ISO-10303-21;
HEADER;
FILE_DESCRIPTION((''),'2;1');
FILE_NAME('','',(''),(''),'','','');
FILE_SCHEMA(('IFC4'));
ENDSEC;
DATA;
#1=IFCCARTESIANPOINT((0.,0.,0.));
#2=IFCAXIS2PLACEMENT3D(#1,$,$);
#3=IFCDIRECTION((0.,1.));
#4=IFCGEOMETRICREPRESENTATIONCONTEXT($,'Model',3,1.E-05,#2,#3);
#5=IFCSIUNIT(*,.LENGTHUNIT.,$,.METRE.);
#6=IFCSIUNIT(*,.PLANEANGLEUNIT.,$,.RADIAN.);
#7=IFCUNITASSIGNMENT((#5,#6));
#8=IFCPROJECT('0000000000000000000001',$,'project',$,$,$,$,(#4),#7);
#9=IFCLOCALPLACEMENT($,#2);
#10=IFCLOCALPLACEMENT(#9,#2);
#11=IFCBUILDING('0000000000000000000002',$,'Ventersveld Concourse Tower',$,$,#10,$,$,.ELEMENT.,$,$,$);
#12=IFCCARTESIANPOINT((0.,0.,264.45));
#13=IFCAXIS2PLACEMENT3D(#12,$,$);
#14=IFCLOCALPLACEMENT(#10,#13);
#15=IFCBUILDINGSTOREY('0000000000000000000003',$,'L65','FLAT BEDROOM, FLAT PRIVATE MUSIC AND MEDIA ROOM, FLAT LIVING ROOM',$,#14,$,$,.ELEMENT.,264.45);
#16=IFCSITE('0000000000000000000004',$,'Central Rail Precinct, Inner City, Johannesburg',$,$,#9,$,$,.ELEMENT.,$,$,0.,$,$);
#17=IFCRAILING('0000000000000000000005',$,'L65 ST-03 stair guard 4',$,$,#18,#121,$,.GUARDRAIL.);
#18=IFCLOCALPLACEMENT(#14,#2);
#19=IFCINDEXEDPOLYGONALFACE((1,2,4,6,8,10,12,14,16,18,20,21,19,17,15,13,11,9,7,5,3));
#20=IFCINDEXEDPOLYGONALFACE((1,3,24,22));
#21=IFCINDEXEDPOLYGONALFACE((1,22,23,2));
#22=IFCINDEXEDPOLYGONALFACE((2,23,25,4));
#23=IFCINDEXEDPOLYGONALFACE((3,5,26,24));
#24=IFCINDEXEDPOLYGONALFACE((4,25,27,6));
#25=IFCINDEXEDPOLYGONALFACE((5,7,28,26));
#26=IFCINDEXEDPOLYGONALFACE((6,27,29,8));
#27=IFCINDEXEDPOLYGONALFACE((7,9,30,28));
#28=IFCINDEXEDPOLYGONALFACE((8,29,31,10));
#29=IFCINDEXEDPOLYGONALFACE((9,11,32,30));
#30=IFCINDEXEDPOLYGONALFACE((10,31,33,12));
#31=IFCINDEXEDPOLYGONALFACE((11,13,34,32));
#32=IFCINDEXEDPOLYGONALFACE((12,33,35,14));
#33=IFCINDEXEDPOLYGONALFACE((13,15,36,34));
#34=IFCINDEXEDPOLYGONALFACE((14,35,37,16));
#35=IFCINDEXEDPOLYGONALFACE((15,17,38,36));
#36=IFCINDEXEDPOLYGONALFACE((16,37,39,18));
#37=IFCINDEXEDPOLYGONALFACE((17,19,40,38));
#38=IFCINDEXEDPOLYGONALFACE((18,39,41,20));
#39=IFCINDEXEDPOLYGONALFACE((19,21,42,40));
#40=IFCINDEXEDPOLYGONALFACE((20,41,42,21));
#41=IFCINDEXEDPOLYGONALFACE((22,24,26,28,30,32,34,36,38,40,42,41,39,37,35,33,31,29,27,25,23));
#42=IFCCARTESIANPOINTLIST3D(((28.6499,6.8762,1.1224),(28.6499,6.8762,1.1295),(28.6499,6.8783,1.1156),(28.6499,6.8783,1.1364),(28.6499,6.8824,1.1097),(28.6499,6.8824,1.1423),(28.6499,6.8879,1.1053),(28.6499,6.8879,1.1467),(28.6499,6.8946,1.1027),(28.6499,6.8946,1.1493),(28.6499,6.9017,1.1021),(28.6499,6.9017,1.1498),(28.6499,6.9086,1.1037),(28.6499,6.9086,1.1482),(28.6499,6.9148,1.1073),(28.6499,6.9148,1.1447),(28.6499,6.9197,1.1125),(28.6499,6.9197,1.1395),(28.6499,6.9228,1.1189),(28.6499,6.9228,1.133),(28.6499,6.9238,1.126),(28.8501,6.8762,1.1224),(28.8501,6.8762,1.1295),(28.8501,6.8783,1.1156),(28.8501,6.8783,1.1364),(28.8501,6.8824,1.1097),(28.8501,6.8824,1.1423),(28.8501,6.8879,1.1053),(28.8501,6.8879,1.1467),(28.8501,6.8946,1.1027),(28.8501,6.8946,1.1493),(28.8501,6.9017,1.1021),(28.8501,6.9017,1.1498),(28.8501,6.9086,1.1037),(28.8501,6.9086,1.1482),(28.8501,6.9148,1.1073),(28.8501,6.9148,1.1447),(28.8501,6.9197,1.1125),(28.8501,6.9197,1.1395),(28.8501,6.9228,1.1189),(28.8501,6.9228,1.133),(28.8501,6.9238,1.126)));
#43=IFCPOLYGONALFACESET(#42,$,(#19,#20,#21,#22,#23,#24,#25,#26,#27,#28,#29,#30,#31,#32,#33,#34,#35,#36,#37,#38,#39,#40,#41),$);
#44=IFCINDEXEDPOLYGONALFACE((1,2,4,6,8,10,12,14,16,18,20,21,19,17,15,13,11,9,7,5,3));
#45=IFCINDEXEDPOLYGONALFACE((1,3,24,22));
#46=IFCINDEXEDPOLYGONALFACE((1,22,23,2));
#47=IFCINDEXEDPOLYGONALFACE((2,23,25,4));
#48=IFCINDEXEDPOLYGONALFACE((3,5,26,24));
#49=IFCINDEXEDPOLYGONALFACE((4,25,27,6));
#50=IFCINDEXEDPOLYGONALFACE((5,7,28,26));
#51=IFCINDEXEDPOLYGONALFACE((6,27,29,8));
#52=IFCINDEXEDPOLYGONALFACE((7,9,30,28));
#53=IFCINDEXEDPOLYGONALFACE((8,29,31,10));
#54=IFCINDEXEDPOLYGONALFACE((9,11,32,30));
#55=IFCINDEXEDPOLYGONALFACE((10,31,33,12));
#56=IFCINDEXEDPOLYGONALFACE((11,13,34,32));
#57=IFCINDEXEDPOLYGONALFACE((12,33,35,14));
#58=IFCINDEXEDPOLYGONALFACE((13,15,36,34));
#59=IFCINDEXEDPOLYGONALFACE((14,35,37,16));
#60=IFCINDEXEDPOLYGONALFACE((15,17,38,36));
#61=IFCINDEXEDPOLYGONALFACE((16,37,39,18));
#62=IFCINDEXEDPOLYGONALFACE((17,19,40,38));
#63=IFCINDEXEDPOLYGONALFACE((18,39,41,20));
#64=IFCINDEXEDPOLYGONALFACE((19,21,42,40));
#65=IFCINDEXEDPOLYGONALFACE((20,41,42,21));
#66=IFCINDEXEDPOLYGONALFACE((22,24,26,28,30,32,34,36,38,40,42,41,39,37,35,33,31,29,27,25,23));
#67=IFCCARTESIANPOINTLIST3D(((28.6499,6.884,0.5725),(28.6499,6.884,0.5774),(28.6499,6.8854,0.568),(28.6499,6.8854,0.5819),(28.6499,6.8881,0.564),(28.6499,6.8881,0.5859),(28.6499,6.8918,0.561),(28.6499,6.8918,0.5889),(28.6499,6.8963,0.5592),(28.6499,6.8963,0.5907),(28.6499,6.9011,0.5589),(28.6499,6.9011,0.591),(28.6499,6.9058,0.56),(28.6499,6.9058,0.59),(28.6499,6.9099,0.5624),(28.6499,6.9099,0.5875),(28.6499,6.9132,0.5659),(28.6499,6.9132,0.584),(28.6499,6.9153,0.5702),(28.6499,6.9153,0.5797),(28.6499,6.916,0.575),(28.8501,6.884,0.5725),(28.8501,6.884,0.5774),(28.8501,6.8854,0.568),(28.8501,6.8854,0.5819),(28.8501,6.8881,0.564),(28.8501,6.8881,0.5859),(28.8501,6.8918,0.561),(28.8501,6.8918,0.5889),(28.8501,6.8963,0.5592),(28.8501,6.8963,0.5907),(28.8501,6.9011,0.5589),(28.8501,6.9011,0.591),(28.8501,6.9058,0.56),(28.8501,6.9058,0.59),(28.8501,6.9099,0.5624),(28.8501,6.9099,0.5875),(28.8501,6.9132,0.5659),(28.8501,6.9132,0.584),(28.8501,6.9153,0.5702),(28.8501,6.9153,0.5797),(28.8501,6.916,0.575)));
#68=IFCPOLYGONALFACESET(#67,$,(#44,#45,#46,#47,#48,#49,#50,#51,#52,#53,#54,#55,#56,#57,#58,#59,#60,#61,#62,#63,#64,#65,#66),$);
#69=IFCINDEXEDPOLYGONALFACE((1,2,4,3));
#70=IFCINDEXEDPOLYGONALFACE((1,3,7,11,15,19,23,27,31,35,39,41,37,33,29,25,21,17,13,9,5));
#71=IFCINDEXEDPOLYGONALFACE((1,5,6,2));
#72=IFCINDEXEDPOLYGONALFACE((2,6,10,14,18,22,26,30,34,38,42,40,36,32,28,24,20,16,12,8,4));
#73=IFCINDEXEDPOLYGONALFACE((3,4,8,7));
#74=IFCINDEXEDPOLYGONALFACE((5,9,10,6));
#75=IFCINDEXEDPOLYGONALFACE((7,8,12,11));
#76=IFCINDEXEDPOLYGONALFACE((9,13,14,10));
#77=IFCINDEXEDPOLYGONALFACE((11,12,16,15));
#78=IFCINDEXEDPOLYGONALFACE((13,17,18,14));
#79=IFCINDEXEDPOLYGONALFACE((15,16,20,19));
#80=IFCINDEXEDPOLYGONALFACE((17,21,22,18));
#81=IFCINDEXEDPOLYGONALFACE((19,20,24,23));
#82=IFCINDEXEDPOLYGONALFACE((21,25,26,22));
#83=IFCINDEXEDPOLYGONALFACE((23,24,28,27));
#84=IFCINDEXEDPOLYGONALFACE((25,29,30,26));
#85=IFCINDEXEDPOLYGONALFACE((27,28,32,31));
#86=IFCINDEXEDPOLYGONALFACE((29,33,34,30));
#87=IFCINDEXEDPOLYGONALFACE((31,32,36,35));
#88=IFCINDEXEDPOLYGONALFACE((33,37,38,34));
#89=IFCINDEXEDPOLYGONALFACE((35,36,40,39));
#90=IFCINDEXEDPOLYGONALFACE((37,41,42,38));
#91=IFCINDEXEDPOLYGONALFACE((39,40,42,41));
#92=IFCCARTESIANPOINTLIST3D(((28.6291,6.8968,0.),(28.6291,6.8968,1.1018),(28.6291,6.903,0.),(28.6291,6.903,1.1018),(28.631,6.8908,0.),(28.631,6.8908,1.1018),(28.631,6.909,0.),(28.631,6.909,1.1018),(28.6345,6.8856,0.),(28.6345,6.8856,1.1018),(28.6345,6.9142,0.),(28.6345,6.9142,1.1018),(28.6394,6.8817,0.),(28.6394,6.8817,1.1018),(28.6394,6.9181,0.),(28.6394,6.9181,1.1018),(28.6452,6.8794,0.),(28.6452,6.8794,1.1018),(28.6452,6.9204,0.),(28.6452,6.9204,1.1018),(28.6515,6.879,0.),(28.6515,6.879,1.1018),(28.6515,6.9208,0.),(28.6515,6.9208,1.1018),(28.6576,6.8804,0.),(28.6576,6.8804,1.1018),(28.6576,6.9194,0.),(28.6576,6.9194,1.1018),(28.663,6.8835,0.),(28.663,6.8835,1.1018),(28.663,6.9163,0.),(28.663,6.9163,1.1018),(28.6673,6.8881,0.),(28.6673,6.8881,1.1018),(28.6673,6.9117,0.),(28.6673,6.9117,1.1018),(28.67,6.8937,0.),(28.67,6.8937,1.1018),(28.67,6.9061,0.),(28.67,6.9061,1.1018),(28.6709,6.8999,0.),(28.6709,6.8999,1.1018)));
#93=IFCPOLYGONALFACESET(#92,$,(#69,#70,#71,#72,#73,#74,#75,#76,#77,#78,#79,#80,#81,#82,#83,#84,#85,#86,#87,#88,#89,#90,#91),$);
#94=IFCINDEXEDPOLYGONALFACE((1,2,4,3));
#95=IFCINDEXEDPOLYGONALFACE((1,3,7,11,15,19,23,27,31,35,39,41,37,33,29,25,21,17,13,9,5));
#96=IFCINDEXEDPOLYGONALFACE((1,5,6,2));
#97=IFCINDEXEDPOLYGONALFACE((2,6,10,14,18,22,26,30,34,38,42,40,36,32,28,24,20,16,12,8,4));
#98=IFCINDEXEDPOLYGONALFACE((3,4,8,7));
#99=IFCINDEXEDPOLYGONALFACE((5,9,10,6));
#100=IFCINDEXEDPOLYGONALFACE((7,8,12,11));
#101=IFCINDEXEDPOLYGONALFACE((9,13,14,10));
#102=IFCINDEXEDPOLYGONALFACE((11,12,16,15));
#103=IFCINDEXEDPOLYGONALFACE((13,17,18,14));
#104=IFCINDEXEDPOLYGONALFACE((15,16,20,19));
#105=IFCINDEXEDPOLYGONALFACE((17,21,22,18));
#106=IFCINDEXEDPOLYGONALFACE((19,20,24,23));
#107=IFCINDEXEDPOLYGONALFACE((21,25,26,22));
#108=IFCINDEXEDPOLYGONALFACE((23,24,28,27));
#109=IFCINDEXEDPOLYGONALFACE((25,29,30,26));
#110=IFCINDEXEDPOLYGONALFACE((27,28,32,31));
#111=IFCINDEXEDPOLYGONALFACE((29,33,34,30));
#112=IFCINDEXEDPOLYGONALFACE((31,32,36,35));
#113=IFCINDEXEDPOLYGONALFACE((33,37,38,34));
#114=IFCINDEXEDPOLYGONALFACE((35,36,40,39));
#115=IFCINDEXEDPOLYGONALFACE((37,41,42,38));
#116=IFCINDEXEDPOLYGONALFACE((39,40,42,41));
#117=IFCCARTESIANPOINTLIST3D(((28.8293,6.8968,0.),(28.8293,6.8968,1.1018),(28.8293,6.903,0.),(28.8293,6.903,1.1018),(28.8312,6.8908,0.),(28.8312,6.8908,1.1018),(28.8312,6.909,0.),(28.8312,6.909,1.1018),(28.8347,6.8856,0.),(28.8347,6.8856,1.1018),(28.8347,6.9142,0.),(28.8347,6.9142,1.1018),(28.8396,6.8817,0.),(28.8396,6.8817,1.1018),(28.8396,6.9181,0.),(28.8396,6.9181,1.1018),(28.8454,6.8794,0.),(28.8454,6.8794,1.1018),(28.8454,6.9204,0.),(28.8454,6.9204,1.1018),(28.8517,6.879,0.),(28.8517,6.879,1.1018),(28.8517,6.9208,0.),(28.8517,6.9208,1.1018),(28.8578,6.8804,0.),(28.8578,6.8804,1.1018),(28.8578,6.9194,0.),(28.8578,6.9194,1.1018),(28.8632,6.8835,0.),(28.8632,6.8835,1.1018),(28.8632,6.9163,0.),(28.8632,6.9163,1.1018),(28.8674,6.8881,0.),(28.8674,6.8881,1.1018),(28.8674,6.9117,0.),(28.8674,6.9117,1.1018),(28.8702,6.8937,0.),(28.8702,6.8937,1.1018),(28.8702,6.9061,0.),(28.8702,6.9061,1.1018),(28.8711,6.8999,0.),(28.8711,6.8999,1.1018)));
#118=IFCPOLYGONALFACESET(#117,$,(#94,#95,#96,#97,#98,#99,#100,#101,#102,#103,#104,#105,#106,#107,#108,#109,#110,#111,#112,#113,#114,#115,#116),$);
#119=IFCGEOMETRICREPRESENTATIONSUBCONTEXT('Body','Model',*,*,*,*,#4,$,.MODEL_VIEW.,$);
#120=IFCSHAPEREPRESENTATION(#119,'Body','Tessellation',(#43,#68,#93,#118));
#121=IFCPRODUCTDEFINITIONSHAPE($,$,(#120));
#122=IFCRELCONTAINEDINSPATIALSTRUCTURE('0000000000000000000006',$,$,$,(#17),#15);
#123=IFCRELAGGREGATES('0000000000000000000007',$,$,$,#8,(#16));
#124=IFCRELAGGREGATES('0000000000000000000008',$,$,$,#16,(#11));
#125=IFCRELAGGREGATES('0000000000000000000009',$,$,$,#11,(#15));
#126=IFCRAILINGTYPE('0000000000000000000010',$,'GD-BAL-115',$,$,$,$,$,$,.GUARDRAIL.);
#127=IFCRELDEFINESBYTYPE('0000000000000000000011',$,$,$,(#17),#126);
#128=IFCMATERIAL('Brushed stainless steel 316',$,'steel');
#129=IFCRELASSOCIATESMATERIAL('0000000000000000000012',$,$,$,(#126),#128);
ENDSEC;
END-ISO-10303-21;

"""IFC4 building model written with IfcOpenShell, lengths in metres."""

from ifc_helpers import new_model, si_unit, direction, frame, origin, origin_2d, place, context, subcontext, project, spatial, circle, extrude, material, type_object, element, save


model = new_model("IFC4")

# Units and contexts
model_context = context("Model", 3, precision=1e-05, world=origin(), true_north=direction((0.0, 1.0)))
body_context = subcontext(model_context, "Body", "Model", "MODEL_VIEW")
ifc_project = project(units=[si_unit("LENGTHUNIT", "METRE"), si_unit("PLANEANGLEUNIT", "RADIAN")], contexts=[model_context])

# Site, building, storey
site_placement = place(None, origin())
site = spatial("IfcSite", under=ifc_project, at=site_placement, Name="Central Rail Precinct, Inner City, Johannesburg", CompositionType="ELEMENT", RefElevation=0.0)
building_placement = place(site_placement, origin())
building = spatial("IfcBuilding", under=site, at=building_placement, Name="Ventersveld Concourse Tower", CompositionType="ELEMENT")
storey_placement = place(building_placement, frame((0.0, 0.0, 264.45)))
storey = spatial("IfcBuildingStorey", under=building, at=storey_placement, Name="L65", Description="FLAT BEDROOM, FLAT PRIVATE MUSIC AND MEDIA ROOM, FLAT LIVING ROOM", CompositionType="ELEMENT", Elevation=264.45)

# Shared definitions
ifc_material_1 = material(Name="Brushed stainless steel 316", Category="steel")

# Railing
railing_type_1 = type_object("IfcRailingType", Name="GD-BAL-115", PredefinedType="GUARDRAIL", material=ifc_material_1)
railing_1_placement = place(storey_placement, frame((28.6499, 6.8999, 0.0)))
element("IfcRailing", 1, at=railing_1_placement, inside=storey, type_object=railing_type_1, Name="L65 ST-03 stair guard 4", PredefinedType="GUARDRAIL", context=body_context, shape_type="SweptSolid", body=[
    extrude(circle(Radius=0.0239, at=origin_2d()), frame((0.0, 0.0, 1.126), z_axis=(1.0, 0.0, 0.0), x_axis=(0.0, 1.0, 0.0)), (0.0, 0.0, 1.0), 0.2002),
    extrude(circle(Radius=0.0161, at=origin_2d()), frame((0.0, 0.0, 0.575), z_axis=(1.0, 0.0, 0.0), x_axis=(0.0, 1.0, 0.0)), (0.0, 0.0, 1.0), 0.2002),
    extrude(circle(Radius=0.021, at=origin_2d()), origin(), (0.0, 0.0, 1.0), 1.1018),
    extrude(circle(Radius=0.021, at=origin_2d()), frame((0.2002, 0.0, 0.0)), (0.0, 0.0, 1.0), 1.1018),
])

save(model, "model.ifc")
